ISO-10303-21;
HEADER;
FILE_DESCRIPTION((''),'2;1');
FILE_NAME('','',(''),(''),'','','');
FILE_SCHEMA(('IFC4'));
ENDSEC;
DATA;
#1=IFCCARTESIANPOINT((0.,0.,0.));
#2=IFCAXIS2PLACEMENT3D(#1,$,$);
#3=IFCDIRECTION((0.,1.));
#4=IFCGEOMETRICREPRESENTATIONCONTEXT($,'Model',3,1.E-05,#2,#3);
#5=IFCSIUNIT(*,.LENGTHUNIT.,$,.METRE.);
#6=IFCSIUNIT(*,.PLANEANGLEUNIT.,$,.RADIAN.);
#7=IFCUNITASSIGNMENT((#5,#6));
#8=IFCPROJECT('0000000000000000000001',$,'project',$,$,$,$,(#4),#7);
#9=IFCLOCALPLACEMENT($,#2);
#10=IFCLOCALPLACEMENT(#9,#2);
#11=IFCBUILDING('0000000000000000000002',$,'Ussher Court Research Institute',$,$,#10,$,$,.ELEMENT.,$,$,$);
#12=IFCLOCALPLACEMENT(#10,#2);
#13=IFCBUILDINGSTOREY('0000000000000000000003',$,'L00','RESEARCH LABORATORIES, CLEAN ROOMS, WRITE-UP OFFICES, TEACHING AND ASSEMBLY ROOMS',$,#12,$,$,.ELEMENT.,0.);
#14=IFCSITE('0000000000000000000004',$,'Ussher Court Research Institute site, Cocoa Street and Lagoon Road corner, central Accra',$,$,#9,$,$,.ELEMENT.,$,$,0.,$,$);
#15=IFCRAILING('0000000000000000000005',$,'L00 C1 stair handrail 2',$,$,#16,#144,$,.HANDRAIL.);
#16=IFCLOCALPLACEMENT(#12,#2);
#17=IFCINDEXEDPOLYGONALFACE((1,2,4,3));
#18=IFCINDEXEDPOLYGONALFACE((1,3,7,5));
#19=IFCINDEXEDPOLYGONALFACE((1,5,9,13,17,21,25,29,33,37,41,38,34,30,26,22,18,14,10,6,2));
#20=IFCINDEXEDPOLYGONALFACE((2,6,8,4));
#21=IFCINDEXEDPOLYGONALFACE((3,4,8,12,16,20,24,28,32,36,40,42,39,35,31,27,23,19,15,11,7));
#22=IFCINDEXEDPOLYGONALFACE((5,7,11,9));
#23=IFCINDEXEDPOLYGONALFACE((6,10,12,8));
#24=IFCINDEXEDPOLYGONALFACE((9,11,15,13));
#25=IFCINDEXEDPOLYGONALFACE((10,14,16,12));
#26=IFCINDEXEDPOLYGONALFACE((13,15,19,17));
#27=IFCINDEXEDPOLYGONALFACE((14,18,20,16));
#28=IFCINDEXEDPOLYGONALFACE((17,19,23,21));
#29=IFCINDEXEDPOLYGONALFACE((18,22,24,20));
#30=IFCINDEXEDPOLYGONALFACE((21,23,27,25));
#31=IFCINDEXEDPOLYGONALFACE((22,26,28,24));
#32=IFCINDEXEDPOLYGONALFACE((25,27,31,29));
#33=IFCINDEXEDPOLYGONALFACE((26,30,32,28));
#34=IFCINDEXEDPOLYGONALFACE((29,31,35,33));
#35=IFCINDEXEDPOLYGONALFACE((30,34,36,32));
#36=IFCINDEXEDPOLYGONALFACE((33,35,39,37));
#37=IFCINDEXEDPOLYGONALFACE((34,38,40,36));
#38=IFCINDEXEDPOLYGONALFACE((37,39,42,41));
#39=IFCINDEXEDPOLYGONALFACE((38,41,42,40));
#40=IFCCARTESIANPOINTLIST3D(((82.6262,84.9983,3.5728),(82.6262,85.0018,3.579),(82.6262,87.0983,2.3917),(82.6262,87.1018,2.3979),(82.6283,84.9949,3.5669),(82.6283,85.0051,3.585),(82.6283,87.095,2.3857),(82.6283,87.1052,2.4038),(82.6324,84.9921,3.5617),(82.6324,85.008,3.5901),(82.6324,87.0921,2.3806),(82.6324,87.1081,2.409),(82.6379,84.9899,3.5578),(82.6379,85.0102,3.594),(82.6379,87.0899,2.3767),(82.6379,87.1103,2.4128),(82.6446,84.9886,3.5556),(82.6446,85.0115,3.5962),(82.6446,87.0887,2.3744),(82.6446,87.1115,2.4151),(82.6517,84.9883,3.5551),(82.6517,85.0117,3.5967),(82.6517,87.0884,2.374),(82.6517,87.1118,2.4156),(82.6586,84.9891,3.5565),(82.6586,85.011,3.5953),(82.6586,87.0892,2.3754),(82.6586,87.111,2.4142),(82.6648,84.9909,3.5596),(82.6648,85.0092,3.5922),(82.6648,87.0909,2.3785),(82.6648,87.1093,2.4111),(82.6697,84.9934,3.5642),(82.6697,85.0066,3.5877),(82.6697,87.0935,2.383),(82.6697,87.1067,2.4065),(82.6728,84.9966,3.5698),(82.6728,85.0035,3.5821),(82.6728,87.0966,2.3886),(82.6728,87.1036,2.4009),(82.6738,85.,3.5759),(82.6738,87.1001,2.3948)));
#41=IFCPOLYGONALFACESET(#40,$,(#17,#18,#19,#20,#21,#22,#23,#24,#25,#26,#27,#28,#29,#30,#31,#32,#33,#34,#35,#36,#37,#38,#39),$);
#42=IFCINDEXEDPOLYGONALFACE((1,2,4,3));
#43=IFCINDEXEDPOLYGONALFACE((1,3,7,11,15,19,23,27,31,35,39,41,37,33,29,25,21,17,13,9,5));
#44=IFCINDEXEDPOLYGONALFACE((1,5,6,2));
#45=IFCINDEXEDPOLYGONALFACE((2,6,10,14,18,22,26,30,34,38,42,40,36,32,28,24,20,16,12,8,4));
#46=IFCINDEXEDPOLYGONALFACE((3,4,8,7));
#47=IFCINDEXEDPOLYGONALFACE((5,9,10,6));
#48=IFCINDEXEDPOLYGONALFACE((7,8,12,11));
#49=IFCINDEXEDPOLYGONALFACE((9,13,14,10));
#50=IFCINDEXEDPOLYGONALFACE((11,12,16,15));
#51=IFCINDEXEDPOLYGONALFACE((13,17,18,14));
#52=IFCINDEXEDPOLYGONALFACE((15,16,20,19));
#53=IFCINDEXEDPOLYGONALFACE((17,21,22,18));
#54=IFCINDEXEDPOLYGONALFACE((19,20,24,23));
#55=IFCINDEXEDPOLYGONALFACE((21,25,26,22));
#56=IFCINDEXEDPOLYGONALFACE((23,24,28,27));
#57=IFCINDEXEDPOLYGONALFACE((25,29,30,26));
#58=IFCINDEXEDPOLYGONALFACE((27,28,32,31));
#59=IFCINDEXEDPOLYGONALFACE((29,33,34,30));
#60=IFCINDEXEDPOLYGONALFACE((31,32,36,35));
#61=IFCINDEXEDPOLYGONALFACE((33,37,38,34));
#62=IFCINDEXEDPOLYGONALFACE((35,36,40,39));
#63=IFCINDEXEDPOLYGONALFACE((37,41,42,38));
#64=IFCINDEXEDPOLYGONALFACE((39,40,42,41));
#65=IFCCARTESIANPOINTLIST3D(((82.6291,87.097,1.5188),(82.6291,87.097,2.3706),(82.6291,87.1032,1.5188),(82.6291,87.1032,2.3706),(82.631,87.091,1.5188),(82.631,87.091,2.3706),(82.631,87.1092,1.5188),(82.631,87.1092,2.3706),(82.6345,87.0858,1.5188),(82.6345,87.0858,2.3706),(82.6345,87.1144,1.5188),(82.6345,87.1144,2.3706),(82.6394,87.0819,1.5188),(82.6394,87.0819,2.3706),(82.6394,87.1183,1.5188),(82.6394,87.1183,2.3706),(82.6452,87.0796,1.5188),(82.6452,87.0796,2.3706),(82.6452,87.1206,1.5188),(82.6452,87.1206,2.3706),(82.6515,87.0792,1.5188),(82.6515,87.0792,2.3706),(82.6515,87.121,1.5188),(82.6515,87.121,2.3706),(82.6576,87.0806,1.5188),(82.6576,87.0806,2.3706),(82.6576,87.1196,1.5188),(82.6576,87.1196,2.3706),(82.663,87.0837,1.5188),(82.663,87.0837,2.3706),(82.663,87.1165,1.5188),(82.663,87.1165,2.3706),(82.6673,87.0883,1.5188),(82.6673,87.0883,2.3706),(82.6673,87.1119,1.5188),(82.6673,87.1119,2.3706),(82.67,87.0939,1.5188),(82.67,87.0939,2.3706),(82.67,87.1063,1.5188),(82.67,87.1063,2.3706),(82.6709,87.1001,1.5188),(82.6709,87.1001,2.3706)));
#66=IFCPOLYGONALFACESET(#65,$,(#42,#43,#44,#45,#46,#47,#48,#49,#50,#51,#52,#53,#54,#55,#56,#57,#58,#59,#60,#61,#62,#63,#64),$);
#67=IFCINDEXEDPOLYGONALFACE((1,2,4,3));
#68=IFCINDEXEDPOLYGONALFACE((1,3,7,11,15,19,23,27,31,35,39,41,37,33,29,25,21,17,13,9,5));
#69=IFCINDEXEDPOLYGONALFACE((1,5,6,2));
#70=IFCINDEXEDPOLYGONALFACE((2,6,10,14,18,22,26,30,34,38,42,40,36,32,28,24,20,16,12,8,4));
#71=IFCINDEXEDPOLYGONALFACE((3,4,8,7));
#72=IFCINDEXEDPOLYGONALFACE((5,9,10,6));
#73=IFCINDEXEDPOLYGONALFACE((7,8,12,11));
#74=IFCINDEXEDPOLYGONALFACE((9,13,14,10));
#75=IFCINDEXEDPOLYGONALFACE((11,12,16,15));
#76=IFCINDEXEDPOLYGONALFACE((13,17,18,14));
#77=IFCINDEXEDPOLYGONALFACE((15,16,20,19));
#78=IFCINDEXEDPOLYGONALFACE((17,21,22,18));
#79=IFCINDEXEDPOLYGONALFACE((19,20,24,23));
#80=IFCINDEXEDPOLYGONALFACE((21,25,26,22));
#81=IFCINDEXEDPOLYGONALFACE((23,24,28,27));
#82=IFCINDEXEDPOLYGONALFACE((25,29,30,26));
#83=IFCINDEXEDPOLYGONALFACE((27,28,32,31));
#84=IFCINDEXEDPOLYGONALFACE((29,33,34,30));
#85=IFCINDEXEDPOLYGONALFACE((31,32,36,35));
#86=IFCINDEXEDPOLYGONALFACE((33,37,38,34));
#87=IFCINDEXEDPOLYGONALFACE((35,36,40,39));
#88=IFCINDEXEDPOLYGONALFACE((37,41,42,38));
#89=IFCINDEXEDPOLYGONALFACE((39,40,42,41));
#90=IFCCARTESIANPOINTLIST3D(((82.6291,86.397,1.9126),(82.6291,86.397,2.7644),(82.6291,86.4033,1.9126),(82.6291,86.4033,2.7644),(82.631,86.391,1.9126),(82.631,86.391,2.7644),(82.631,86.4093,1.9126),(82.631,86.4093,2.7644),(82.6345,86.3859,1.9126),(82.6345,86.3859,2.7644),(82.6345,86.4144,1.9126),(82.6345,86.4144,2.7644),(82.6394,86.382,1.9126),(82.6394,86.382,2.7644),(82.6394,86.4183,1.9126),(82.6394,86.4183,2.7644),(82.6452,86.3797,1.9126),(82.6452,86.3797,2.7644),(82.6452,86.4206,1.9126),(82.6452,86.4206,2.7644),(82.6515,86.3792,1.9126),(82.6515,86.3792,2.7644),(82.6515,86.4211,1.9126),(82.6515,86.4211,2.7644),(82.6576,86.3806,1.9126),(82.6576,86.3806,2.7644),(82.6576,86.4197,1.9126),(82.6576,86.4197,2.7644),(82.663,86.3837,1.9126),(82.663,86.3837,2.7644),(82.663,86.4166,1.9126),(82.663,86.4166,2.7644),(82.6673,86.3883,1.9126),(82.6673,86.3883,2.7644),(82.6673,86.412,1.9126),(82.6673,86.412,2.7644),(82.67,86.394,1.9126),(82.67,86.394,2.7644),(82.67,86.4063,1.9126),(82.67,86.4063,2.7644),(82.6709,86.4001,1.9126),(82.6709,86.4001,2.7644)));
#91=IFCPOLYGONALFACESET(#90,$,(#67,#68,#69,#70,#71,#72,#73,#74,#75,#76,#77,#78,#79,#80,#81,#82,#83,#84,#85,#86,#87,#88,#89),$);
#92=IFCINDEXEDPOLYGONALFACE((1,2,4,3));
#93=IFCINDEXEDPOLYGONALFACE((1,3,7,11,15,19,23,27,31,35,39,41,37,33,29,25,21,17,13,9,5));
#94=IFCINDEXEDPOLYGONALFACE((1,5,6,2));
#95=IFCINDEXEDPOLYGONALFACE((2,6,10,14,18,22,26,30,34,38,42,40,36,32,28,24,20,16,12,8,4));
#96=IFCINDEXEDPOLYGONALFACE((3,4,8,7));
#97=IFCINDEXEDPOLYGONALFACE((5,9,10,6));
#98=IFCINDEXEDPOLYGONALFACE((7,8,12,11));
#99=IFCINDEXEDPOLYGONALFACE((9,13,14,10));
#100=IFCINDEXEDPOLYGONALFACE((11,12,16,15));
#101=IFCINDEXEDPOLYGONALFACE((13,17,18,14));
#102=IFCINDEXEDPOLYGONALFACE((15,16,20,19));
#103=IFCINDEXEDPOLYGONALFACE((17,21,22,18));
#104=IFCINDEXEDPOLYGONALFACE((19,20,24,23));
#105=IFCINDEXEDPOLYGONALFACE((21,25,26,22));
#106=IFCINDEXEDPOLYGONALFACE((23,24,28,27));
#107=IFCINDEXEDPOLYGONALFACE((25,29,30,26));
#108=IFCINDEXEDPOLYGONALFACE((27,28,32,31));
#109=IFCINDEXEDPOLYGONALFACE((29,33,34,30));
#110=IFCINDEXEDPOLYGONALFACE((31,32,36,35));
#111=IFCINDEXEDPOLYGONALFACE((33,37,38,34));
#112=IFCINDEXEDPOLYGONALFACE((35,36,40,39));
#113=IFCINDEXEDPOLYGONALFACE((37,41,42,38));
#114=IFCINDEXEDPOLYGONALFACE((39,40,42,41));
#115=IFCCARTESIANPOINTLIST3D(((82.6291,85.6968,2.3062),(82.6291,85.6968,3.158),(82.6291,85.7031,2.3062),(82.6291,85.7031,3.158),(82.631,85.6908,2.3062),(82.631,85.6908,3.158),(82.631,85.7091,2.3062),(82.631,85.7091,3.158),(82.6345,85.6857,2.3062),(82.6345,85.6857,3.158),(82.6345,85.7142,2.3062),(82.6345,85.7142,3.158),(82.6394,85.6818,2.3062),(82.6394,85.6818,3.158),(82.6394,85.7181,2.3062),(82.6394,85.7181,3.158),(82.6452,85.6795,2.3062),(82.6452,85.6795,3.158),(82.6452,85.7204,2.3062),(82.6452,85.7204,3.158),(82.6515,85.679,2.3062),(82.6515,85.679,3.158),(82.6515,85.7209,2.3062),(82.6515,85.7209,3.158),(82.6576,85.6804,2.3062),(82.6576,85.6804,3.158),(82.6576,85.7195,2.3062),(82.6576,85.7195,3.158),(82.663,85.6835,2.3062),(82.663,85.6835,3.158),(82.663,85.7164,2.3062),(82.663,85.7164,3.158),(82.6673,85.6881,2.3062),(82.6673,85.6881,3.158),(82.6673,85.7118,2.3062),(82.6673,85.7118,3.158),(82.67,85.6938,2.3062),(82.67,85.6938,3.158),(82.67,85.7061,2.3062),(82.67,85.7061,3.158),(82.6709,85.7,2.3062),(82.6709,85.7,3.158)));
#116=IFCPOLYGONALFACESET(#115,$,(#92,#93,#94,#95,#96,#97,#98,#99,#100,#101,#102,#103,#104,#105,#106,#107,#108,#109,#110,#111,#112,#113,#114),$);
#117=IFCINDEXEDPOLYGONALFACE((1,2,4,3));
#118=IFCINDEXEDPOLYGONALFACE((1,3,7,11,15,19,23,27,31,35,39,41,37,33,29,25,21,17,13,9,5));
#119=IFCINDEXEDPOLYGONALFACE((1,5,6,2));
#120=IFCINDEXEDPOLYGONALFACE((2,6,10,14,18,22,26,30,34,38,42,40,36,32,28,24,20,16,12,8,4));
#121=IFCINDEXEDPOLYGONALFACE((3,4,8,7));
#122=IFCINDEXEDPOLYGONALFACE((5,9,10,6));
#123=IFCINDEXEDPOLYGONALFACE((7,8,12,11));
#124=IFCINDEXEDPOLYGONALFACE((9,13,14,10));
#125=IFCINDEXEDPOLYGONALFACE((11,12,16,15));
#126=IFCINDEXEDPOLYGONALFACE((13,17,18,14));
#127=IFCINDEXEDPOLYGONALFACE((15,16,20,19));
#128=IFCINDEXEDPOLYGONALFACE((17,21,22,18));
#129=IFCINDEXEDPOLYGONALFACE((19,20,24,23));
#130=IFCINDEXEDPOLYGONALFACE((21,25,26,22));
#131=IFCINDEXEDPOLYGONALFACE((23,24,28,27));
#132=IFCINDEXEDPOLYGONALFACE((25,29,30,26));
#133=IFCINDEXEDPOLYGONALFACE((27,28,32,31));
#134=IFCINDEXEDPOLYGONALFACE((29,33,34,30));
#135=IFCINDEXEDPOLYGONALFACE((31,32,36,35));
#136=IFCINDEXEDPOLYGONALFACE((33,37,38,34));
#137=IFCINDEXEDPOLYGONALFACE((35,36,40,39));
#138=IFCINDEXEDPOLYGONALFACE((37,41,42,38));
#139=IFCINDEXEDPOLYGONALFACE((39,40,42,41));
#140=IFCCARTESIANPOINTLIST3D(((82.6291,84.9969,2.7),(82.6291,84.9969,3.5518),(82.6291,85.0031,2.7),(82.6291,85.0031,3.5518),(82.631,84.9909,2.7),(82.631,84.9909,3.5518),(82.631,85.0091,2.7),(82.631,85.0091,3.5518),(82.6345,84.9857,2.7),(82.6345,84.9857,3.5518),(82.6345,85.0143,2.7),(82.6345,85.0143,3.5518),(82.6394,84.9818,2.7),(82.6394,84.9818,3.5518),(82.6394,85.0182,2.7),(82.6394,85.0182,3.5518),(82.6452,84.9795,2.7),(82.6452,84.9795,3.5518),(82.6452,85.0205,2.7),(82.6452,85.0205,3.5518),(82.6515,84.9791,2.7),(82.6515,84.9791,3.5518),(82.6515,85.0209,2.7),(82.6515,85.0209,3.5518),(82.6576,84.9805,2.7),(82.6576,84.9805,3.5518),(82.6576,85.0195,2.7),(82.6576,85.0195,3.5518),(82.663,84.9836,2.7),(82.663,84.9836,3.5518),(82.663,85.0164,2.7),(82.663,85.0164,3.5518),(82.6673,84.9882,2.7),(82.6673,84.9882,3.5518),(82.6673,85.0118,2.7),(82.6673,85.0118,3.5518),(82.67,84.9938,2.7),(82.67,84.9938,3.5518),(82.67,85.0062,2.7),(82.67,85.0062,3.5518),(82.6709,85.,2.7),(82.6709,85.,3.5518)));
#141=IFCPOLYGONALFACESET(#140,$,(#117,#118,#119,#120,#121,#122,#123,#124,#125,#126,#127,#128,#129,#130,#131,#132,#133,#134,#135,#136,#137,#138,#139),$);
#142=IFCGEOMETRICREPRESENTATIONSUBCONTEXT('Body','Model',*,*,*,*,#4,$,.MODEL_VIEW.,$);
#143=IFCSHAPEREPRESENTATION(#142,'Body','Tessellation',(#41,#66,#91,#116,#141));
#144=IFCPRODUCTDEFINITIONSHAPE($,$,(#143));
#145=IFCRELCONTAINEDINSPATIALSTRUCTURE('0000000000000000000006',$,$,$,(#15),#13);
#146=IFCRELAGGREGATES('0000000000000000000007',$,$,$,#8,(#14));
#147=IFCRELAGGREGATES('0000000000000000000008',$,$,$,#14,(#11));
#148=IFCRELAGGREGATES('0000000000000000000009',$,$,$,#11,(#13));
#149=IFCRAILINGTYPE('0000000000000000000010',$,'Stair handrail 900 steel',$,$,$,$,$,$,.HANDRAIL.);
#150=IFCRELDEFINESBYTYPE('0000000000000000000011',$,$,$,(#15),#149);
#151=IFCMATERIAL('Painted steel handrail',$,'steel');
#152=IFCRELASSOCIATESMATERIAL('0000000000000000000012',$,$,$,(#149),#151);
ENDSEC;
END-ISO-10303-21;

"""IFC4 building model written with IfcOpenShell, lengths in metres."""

from ifc_helpers import new_model, si_unit, direction, frame, origin, origin_2d, place, context, subcontext, project, spatial, circle, extrude, material, type_object, element, save


model = new_model("IFC4")

# Units and contexts
model_context = context("Model", 3, precision=1e-05, world=origin(), true_north=direction((0.0, 1.0)))
body_context = subcontext(model_context, "Body", "Model", "MODEL_VIEW")
ifc_project = project(units=[si_unit("LENGTHUNIT", "METRE"), si_unit("PLANEANGLEUNIT", "RADIAN")], contexts=[model_context])

# Site, building, storey
site_placement = place(None, origin())
site = spatial("IfcSite", under=ifc_project, at=site_placement, Name="Ussher Court Research Institute site, Cocoa Street and Lagoon Road corner, central Accra", CompositionType="ELEMENT", RefElevation=0.0)
building_placement = place(site_placement, origin())
building = spatial("IfcBuilding", under=site, at=building_placement, Name="Ussher Court Research Institute", CompositionType="ELEMENT")
storey_placement = place(building_placement, origin())
storey = spatial("IfcBuildingStorey", under=building, at=storey_placement, Name="L00", Description="RESEARCH LABORATORIES, CLEAN ROOMS, WRITE-UP OFFICES, TEACHING AND ASSEMBLY ROOMS", CompositionType="ELEMENT", Elevation=0.0)

# Railing
ifc_material_1 = material(Name="Painted steel handrail", Category="steel")
railing_type_1 = type_object("IfcRailingType", Name="Stair handrail 900 steel", PredefinedType="HANDRAIL", material=ifc_material_1)
for number, where, name in (
    (1, (82.6499, 87.1001, 1.5188), "L00 C1 stair handrail 2"),
):
    element("IfcRailing", number, at=place(storey_placement, frame(where)), inside=storey, type_object=railing_type_1, Name=name, PredefinedType="HANDRAIL", context=body_context, shape_type="SweptSolid", body=[
        extrude(circle(Radius=0.0239, at=origin_2d()), frame((0.0, 0.0, 0.876), z_axis=(0.0, -0.871603, 0.490213), x_axis=(1.0, 0.0, 0.0)), (0.0, 0.0, 1.0), 2.4094),
        extrude(circle(Radius=0.021, at=origin_2d()), origin(), (0.0, 0.0, 1.0), 0.8518),
        extrude(circle(Radius=0.021, at=origin_2d()), frame((0.0, -0.7, 0.3938)), (0.0, 0.0, 1.0), 0.8518),
        extrude(circle(Radius=0.021, at=origin_2d()), frame((0.0, -1.4001, 0.7874)), (0.0, 0.0, 1.0), 0.8518),
        extrude(circle(Radius=0.021, at=origin_2d()), frame((0.0, -2.1001, 1.1812)), (0.0, 0.0, 1.0), 0.8518),
    ])

save(model, "model.ifc")
